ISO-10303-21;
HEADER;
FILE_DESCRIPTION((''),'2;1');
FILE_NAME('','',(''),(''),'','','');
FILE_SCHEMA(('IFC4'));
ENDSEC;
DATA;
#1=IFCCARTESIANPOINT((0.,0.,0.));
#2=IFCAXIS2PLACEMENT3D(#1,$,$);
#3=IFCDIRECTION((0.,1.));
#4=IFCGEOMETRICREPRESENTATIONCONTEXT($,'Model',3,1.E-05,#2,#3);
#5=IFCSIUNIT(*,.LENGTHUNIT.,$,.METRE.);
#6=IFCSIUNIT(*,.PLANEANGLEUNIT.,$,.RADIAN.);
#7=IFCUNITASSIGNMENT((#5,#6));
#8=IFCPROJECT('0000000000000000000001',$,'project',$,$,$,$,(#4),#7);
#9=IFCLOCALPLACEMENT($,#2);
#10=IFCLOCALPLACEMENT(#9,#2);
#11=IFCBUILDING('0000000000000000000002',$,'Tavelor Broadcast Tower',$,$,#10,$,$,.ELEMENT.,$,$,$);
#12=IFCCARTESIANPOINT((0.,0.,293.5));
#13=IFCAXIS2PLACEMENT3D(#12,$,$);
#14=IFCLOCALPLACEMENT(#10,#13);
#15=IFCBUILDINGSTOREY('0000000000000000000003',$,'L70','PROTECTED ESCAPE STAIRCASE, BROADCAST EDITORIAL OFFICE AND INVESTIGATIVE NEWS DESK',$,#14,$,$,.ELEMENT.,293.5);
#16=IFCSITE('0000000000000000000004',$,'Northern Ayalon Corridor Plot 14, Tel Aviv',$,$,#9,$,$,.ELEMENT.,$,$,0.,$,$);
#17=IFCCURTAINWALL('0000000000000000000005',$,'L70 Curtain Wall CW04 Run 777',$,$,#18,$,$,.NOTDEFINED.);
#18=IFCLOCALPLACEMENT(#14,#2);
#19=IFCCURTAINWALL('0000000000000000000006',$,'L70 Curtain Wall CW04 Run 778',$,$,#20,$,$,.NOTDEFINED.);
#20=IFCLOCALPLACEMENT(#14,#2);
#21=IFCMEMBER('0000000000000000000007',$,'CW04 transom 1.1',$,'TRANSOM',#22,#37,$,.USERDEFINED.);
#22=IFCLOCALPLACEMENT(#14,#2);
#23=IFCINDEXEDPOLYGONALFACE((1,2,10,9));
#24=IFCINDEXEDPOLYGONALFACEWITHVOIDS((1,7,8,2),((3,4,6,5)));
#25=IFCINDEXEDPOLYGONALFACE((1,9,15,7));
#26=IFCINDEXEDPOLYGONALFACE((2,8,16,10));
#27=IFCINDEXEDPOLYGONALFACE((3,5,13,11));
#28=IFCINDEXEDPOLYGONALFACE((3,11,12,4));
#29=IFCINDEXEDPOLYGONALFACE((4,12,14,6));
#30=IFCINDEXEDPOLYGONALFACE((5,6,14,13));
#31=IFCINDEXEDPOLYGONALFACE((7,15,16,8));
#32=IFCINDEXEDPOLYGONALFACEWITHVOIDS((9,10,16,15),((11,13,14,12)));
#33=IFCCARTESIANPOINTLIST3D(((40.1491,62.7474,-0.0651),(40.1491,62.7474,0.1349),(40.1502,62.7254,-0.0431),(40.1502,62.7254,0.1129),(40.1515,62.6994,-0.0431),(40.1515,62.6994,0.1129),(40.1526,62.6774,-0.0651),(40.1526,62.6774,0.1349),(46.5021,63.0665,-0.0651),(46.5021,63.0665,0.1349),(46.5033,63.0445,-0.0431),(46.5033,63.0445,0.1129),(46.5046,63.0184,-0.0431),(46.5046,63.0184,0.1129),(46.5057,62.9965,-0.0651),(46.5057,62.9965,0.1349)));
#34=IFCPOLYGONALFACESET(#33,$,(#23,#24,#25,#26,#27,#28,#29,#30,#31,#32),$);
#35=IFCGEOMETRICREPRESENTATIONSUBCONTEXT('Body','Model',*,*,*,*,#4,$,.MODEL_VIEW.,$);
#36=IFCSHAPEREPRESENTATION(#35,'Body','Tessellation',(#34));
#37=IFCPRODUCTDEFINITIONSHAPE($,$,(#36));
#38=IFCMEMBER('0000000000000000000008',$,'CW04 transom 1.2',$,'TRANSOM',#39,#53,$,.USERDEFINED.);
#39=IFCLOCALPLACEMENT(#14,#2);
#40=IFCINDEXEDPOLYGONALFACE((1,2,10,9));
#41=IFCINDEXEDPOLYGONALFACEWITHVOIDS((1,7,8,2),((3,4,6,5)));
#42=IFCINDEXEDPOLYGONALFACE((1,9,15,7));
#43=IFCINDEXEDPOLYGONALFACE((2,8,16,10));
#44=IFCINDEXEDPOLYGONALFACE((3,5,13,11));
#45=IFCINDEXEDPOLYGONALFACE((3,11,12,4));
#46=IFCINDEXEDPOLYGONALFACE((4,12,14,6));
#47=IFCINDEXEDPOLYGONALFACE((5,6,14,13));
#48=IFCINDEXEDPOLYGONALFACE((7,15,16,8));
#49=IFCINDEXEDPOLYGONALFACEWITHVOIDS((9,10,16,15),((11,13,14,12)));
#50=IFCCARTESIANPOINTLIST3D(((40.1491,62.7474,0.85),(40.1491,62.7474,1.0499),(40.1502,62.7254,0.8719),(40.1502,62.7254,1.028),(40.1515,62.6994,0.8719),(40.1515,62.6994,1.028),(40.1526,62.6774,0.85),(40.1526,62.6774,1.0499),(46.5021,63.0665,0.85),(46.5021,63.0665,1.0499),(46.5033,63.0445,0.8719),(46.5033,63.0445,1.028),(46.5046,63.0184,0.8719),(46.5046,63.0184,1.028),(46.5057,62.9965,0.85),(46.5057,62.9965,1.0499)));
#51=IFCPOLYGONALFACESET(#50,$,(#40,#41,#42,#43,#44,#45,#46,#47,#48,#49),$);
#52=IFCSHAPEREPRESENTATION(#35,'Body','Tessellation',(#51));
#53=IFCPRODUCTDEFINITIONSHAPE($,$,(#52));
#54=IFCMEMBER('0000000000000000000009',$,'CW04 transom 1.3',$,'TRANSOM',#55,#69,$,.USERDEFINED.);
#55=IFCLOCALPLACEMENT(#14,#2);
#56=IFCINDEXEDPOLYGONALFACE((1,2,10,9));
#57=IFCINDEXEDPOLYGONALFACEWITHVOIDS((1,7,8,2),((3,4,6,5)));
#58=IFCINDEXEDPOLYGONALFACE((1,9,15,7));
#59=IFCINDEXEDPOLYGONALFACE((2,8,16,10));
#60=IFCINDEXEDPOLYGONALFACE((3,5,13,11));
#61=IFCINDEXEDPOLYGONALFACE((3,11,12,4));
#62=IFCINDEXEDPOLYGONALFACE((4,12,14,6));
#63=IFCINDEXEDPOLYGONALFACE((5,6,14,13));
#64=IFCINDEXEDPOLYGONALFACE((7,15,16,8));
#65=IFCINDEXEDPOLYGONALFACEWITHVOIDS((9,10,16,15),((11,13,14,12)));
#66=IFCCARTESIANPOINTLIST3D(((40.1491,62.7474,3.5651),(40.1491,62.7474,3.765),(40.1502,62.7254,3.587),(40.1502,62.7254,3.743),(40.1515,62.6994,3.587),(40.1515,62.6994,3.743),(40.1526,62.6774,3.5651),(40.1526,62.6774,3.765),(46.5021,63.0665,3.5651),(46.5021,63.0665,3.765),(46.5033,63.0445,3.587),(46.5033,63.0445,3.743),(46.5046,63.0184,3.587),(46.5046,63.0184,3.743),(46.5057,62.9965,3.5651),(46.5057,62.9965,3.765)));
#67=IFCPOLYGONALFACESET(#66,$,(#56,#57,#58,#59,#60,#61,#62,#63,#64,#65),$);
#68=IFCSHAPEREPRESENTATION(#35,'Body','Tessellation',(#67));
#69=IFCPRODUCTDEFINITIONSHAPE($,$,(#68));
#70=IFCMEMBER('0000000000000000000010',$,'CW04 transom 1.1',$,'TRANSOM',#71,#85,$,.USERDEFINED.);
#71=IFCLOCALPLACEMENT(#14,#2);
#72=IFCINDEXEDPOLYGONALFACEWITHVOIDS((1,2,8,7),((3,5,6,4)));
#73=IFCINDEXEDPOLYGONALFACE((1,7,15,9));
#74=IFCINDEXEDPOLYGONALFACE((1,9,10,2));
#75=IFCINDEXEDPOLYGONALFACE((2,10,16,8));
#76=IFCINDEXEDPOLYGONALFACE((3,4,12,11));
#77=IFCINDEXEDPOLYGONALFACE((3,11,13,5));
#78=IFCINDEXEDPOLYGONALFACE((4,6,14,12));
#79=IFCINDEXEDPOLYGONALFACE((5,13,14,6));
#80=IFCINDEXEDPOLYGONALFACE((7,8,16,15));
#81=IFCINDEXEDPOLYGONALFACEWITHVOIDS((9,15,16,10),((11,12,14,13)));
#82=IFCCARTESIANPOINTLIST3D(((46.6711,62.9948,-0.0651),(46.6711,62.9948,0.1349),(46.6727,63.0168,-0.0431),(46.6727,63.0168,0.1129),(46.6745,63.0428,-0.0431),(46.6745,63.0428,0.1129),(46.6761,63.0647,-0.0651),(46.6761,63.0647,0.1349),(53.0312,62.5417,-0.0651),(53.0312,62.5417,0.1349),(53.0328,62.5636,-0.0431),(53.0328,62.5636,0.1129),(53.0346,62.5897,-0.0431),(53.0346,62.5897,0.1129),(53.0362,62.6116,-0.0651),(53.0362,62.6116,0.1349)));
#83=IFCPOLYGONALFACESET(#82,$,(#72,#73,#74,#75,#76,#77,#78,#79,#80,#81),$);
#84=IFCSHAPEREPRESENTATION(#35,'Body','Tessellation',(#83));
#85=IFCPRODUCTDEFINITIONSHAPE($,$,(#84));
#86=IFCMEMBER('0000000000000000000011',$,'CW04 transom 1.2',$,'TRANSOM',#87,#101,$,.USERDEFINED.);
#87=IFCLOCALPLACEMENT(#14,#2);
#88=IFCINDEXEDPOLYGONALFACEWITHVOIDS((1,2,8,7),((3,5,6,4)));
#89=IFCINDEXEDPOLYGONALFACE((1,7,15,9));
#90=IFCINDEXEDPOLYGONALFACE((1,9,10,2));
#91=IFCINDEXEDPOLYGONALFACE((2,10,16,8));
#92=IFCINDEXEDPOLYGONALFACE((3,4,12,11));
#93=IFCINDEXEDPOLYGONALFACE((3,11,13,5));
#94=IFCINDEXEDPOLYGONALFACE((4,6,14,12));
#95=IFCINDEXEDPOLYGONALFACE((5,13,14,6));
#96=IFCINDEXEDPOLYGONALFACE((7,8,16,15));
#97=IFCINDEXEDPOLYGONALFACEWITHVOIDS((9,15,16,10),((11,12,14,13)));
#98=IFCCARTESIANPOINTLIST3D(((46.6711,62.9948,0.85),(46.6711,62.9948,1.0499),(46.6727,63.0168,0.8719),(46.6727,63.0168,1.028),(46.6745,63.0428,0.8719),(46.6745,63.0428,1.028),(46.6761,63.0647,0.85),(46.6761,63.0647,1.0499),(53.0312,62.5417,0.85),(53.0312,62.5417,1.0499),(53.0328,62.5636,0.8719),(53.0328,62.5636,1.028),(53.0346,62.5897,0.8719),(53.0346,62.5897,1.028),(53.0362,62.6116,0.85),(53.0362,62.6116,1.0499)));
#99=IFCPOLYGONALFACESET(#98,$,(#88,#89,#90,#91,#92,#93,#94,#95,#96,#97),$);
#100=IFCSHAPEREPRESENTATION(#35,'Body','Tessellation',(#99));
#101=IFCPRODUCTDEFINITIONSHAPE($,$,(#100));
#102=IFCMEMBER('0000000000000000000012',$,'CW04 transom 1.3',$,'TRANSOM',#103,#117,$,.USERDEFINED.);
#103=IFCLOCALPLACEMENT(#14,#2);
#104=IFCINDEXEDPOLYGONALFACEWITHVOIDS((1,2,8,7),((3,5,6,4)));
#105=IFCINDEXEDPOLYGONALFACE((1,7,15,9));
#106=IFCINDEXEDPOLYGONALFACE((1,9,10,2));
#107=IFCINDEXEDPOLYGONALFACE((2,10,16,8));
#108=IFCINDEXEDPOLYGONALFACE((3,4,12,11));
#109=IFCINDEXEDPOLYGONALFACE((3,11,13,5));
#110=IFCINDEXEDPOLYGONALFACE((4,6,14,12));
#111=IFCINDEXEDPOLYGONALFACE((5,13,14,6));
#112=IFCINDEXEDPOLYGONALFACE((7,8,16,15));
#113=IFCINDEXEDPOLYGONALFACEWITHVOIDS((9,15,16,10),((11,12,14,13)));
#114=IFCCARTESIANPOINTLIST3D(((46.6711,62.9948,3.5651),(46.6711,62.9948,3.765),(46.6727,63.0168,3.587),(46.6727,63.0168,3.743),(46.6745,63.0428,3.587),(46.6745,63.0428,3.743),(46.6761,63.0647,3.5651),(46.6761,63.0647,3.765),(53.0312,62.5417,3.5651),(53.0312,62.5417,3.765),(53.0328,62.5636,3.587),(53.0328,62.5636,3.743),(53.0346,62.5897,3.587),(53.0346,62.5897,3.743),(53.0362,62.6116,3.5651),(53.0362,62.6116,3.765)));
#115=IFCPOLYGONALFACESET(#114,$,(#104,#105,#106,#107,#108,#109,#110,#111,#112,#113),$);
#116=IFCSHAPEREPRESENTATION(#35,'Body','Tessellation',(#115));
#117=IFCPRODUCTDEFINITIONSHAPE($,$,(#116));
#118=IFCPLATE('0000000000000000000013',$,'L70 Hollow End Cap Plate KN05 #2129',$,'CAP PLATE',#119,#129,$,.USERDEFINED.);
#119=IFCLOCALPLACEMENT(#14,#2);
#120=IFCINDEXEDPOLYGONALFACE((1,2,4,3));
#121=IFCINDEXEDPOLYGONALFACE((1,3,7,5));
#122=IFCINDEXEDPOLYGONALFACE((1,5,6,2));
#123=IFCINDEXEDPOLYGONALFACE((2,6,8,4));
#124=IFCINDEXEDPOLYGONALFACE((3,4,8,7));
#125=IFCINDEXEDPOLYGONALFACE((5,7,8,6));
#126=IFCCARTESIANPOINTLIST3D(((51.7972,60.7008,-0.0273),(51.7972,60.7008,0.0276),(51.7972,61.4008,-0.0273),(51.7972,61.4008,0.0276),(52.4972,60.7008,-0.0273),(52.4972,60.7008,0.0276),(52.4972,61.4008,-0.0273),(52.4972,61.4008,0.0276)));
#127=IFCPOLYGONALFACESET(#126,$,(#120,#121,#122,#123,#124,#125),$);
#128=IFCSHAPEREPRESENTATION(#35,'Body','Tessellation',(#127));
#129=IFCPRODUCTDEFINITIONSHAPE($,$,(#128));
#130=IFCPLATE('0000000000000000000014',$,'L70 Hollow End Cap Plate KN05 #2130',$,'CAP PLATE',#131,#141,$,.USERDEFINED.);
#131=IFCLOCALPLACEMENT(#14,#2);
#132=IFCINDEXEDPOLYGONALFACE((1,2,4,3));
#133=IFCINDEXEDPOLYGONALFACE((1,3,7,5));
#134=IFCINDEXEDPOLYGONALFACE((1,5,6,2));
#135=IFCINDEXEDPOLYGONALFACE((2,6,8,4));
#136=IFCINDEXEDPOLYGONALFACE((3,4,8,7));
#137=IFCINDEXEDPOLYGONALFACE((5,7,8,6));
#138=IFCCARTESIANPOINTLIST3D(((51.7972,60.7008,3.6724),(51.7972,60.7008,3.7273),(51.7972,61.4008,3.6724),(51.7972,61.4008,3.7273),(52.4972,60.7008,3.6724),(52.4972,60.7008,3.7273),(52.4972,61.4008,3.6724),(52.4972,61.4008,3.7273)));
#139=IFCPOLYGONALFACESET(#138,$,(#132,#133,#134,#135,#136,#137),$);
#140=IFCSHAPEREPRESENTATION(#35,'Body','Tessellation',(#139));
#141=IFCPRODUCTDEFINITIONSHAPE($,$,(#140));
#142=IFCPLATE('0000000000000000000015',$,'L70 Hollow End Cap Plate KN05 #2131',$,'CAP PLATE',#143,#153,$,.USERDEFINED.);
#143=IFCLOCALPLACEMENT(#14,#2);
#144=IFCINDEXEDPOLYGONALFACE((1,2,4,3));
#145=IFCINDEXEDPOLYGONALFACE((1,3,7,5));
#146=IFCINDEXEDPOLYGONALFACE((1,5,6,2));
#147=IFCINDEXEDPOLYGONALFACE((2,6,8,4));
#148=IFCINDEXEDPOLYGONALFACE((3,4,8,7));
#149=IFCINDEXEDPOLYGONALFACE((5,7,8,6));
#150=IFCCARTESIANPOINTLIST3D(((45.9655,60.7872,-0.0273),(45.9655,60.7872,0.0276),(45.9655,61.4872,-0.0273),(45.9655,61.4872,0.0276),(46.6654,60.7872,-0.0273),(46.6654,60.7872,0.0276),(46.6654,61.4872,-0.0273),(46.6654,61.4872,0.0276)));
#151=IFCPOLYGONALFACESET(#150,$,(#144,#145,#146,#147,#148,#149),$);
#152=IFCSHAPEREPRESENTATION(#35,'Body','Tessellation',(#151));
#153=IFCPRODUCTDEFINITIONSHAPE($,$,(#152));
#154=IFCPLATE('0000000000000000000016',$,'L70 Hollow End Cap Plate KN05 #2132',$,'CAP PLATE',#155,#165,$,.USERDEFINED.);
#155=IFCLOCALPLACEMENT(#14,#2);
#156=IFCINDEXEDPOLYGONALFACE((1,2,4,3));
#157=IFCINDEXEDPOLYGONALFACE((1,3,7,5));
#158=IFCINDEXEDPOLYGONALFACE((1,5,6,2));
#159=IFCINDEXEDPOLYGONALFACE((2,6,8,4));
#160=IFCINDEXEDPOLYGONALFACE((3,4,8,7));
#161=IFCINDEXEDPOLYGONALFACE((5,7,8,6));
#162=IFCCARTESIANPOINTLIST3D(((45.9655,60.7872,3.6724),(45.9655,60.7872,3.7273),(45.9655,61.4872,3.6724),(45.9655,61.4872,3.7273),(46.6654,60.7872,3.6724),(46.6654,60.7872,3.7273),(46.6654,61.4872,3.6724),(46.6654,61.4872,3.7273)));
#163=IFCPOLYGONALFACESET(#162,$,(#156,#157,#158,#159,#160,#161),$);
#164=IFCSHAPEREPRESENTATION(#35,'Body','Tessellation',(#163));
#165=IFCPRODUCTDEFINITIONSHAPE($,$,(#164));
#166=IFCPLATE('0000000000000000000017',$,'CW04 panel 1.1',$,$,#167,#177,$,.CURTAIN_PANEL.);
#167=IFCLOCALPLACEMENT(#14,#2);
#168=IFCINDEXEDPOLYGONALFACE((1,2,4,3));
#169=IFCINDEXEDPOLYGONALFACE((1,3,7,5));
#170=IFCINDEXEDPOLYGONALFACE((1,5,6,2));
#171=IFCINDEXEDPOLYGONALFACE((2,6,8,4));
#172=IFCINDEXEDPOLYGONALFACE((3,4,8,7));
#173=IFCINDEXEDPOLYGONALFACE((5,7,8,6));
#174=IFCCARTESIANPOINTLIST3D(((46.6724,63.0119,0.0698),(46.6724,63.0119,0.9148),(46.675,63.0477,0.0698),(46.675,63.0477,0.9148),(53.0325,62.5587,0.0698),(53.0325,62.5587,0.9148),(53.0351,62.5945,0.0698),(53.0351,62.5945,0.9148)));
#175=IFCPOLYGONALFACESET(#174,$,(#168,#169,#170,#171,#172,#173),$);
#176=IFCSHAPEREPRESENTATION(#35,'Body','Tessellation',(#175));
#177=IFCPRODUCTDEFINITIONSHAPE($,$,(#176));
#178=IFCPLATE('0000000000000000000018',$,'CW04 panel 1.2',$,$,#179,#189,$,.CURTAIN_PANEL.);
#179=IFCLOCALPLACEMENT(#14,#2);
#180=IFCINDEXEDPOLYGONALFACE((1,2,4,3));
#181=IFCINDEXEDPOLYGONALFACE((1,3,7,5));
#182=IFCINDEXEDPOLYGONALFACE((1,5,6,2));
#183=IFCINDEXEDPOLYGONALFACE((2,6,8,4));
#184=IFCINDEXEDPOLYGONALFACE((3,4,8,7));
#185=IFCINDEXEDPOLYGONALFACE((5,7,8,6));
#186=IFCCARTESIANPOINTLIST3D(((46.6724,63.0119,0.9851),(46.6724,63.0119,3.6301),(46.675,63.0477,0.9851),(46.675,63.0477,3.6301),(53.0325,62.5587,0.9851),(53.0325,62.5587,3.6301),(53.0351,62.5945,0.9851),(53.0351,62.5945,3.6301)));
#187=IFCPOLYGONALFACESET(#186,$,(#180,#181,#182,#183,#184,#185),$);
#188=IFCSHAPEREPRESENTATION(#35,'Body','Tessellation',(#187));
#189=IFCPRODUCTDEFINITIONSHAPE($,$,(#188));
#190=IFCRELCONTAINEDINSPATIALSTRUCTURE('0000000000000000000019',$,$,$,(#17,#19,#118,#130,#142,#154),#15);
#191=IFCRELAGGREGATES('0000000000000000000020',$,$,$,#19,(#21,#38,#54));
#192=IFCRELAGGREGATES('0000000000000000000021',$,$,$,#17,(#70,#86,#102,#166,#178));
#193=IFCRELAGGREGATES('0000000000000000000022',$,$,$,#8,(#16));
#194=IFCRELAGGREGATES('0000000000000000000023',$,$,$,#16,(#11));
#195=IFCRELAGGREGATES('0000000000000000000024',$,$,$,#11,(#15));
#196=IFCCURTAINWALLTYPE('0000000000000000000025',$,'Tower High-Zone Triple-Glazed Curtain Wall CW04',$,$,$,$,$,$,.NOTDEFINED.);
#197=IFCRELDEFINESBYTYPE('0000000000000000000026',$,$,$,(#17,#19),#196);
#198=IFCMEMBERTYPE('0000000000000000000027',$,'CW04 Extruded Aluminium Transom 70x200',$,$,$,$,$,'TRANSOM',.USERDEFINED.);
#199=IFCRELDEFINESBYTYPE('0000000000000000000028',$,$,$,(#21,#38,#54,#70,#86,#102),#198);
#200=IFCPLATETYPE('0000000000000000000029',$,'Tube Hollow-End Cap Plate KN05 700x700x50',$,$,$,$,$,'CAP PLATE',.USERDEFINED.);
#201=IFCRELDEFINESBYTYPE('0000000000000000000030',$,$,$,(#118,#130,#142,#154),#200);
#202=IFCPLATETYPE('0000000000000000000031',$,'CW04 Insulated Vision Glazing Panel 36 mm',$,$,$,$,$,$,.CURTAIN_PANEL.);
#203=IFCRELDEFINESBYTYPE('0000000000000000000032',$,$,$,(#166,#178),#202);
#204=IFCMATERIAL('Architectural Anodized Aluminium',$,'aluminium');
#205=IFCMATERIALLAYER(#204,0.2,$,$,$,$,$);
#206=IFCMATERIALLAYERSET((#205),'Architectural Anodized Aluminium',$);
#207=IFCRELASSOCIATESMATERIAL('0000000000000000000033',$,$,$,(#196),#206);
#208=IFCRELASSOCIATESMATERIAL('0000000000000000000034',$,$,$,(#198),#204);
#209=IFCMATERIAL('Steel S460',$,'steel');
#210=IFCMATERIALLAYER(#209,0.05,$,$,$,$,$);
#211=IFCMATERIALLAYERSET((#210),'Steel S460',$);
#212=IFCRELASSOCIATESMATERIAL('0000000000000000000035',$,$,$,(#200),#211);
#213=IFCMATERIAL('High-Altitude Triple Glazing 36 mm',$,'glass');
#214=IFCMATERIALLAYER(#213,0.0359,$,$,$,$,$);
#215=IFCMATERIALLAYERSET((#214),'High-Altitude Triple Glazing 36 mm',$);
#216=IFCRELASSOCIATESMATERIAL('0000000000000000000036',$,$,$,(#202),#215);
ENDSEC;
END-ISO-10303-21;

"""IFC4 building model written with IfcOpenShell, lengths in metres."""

from ifc_helpers import new_model, si_unit, direction, frame, origin, origin_2d, place, context, subcontext, project, spatial, rectangle, hollow_rectangle, extrude, source, transform, mapped, material, layer, layer_set, material_profile, profile_set, type_object, type_shapes, element, aggregate, save


model = new_model("IFC4")

# Units and contexts
model_context = context("Model", 3, precision=1e-05, world=origin(), true_north=direction((0.0, 1.0)))
body_context = subcontext(model_context, "Body", "Model", "MODEL_VIEW")
ifc_project = project(units=[si_unit("LENGTHUNIT", "METRE"), si_unit("PLANEANGLEUNIT", "RADIAN")], contexts=[model_context])

# Site, building, storey
site_placement = place(None, origin())
site = spatial("IfcSite", under=ifc_project, at=site_placement, Name="Northern Ayalon Corridor Plot 14, Tel Aviv", CompositionType="ELEMENT", RefElevation=0.0)
building_placement = place(site_placement, origin())
building = spatial("IfcBuilding", under=site, at=building_placement, Name="Tavelor Broadcast Tower", CompositionType="ELEMENT")
storey_placement = place(building_placement, frame((0.0, 0.0, 293.5)))
storey = spatial("IfcBuildingStorey", under=building, at=storey_placement, Name="L70", Description="PROTECTED ESCAPE STAIRCASE, BROADCAST EDITORIAL OFFICE AND INVESTIGATIVE NEWS DESK", CompositionType="ELEMENT", Elevation=293.5)

# Shared definitions
ifc_material_1 = material(Name="Steel S460", Category="steel")

# Curtain walls, members
ifc_material_2 = material(Name="Architectural Anodized Aluminium", Category="aluminium")
ifc_layer_1 = layer(ifc_material_2, 0.2)
ifc_layer_set_1 = layer_set([ifc_layer_1], Name="Architectural Anodized Aluminium")
curtain_wall_type = type_object("IfcCurtainWallType", Name="Tower High-Zone Triple-Glazed Curtain Wall CW04", PredefinedType="NOTDEFINED", material=ifc_layer_set_1)
curtain_wall_1_placement = place(storey_placement, origin())
curtain_wall_1 = element("IfcCurtainWall", 1, at=curtain_wall_1_placement, inside=storey, type_object=curtain_wall_type, Name="L70 Curtain Wall CW04 Run 777", PredefinedType="NOTDEFINED")
curtain_wall_2_placement = place(storey_placement, origin())
curtain_wall_2 = element("IfcCurtainWall", 2, at=curtain_wall_2_placement, inside=storey, type_object=curtain_wall_type, Name="L70 Curtain Wall CW04 Run 778", PredefinedType="NOTDEFINED")
ifc_material_profile_1 = material_profile(ifc_material_2, hollow_rectangle(XDim=0.0701, YDim=0.2, WallThickness=0.022, at=origin_2d()), Name="RHS 70x200x22")
ifc_profile_set_1 = profile_set([ifc_material_profile_1], Name="Architectural Anodized Aluminium")
member_type_1 = type_object("IfcMemberType", Name="CW04 Extruded Aluminium Transom 70x200", ElementType="TRANSOM", PredefinedType="USERDEFINED", material=ifc_profile_set_1)
shared_shape_1 = source(origin(), body_context, "Body", "SweptSolid", [
    extrude(hollow_rectangle(XDim=0.0701, YDim=0.2, WallThickness=0.022, at=origin_2d()), origin(), (0.0, 0.0, 1.0), 6.3611),
])
member_1_placement = place(storey_placement, frame((46.5039, 63.0315, 0.0349), z_axis=(-0.998741, -0.050163, 0.0), x_axis=(0.050163, -0.998741, 0.0)))
member_1 = element("IfcMember", 3, at=member_1_placement, type_object=member_type_1, Name="CW04 transom 1.1", ObjectType="TRANSOM", PredefinedType="USERDEFINED", context=body_context, shape_type="MappedRepresentation", body=[
    mapped(shared_shape_1, transform((0.0, 0.0, 0.0), scale=1.0)),
])
member_2_placement = place(storey_placement, frame((46.5039, 63.0315, 0.95), z_axis=(-0.998741, -0.050163, 0.0), x_axis=(0.050163, -0.998741, 0.0)))
member_2 = element("IfcMember", 4, at=member_2_placement, type_object=member_type_1, Name="CW04 transom 1.2", ObjectType="TRANSOM", PredefinedType="USERDEFINED", context=body_context, shape_type="MappedRepresentation", body=[
    mapped(shared_shape_1, transform((0.0, 0.0, 0.0), scale=1.0)),
])
member_3_placement = place(storey_placement, frame((46.5039, 63.0315, 3.665), z_axis=(-0.998741, -0.050163, 0.0), x_axis=(0.050163, -0.998741, 0.0)))
member_3 = element("IfcMember", 5, at=member_3_placement, type_object=member_type_1, Name="CW04 transom 1.3", ObjectType="TRANSOM", PredefinedType="USERDEFINED", context=body_context, shape_type="MappedRepresentation", body=[
    mapped(shared_shape_1, transform((0.0, 0.0, 0.0), scale=1.0)),
])
aggregate(curtain_wall_2, [member_1, member_2, member_3])

# Members
shared_shape_2 = source(origin(), body_context, "Body", "SweptSolid", [
    extrude(hollow_rectangle(XDim=0.0701, YDim=0.2, WallThickness=0.022, at=origin_2d()), origin(), (0.0, 0.0, 1.0), 6.3762),
])
type_shapes(member_type_1, [shared_shape_1, shared_shape_2])
member_4_placement = place(storey_placement, frame((53.0337, 62.5767, 0.0349), z_axis=(-0.997472, 0.071065, 0.0), x_axis=(-0.071065, -0.997472, 0.0)))
member_4 = element("IfcMember", 6, at=member_4_placement, type_object=member_type_1, Name="CW04 transom 1.1", ObjectType="TRANSOM", PredefinedType="USERDEFINED", context=body_context, shape_type="MappedRepresentation", body=[
    mapped(shared_shape_2, transform((0.0, 0.0, 0.0), scale=1.0)),
])
member_5_placement = place(storey_placement, frame((53.0337, 62.5767, 0.95), z_axis=(-0.997472, 0.071065, 0.0), x_axis=(-0.071065, -0.997472, 0.0)))
member_5 = element("IfcMember", 7, at=member_5_placement, type_object=member_type_1, Name="CW04 transom 1.2", ObjectType="TRANSOM", PredefinedType="USERDEFINED", context=body_context, shape_type="MappedRepresentation", body=[
    mapped(shared_shape_2, transform((0.0, 0.0, 0.0), scale=1.0)),
])
member_6_placement = place(storey_placement, frame((53.0337, 62.5767, 3.665), z_axis=(-0.997472, 0.071065, 0.0), x_axis=(-0.071065, -0.997472, 0.0)))
member_6 = element("IfcMember", 8, at=member_6_placement, type_object=member_type_1, Name="CW04 transom 1.3", ObjectType="TRANSOM", PredefinedType="USERDEFINED", context=body_context, shape_type="MappedRepresentation", body=[
    mapped(shared_shape_2, transform((0.0, 0.0, 0.0), scale=1.0)),
])

# Plates
ifc_layer_2 = layer(ifc_material_1, 0.05)
ifc_layer_set_2 = layer_set([ifc_layer_2], Name="Steel S460")
plate_type_1 = type_object("IfcPlateType", Name="Tube Hollow-End Cap Plate KN05 700x700x50", ElementType="CAP PLATE", PredefinedType="USERDEFINED", material=ifc_layer_set_2)
shared_shape_3 = source(origin(), body_context, "Body", "SweptSolid", [
    extrude(rectangle(XDim=0.7, YDim=0.7, at=origin_2d()), origin(), (0.0, 0.0, 1.0), 0.0549),
])
type_shapes(plate_type_1, [shared_shape_3])
for number, where, z_axis, x_axis, name in (
    (9, (52.1472, 61.0508, -0.0273), (0.0, 0.0, 1.0), (1.0, 0.0, 0.0), "L70 Hollow End Cap Plate KN05 #2129"),
    (10, (52.1472, 61.0508, 3.6724), (0.0, 0.0, 1.0), (1.0, 0.0, 0.0), "L70 Hollow End Cap Plate KN05 #2130"),
    (11, (46.3154, 61.1372, -0.0273), (0.0, 0.0, 1.0), (1.0, 0.0, 0.0), "L70 Hollow End Cap Plate KN05 #2131"),
    (12, (46.3154, 61.1372, 3.6724), (0.0, 0.0, 1.0), (1.0, 0.0, 0.0), "L70 Hollow End Cap Plate KN05 #2132"),
):
    element("IfcPlate", number, at=place(storey_placement, frame(where, z_axis=z_axis, x_axis=x_axis)), inside=storey, type_object=plate_type_1, Name=name, ObjectType="CAP PLATE", PredefinedType="USERDEFINED", context=body_context, shape_type="MappedRepresentation", body=[
        mapped(shared_shape_3, transform((0.0, 0.0, 0.0), scale=1.0)),
    ])

# Plates
ifc_material_3 = material(Name="High-Altitude Triple Glazing 36 mm", Category="glass")
ifc_layer_3 = layer(ifc_material_3, 0.0359)
ifc_layer_set_3 = layer_set([ifc_layer_3], Name="High-Altitude Triple Glazing 36 mm")
plate_type_2 = type_object("IfcPlateType", Name="CW04 Insulated Vision Glazing Panel 36 mm", PredefinedType="CURTAIN_PANEL", material=ifc_layer_set_3)
shared_shape_4 = source(origin(), body_context, "Body", "SweptSolid", [
    extrude(rectangle(XDim=6.3762, YDim=0.0359, at=origin_2d()), origin(), (0.0, 0.0, 1.0), 0.845),
])
plate_1_placement = place(storey_placement, frame((49.8538, 62.8032, 0.0698), z_axis=(0.0, 0.0, 1.0), x_axis=(-0.997471, 0.071069, 0.0)))
plate_1 = element("IfcPlate", 13, at=plate_1_placement, type_object=plate_type_2, Name="CW04 panel 1.1", PredefinedType="CURTAIN_PANEL", context=body_context, shape_type="MappedRepresentation", body=[
    mapped(shared_shape_4, transform((0.0, 0.0, 0.0), scale=1.0)),
])
shared_shape_5 = source(origin(), body_context, "Body", "SweptSolid", [
    extrude(rectangle(XDim=6.3762, YDim=0.0359, at=origin_2d()), origin(), (0.0, 0.0, 1.0), 2.645),
])
type_shapes(plate_type_2, [shared_shape_4, shared_shape_5])
plate_2_placement = place(storey_placement, frame((49.8538, 62.8032, 0.9851), z_axis=(0.0, 0.0, 1.0), x_axis=(-0.997471, 0.071069, 0.0)))
plate_2 = element("IfcPlate", 14, at=plate_2_placement, type_object=plate_type_2, Name="CW04 panel 1.2", PredefinedType="CURTAIN_PANEL", context=body_context, shape_type="MappedRepresentation", body=[
    mapped(shared_shape_5, transform((0.0, 0.0, 0.0), scale=1.0)),
])
aggregate(curtain_wall_1, [member_4, member_5, member_6, plate_1, plate_2])

save(model, "model.ifc")
